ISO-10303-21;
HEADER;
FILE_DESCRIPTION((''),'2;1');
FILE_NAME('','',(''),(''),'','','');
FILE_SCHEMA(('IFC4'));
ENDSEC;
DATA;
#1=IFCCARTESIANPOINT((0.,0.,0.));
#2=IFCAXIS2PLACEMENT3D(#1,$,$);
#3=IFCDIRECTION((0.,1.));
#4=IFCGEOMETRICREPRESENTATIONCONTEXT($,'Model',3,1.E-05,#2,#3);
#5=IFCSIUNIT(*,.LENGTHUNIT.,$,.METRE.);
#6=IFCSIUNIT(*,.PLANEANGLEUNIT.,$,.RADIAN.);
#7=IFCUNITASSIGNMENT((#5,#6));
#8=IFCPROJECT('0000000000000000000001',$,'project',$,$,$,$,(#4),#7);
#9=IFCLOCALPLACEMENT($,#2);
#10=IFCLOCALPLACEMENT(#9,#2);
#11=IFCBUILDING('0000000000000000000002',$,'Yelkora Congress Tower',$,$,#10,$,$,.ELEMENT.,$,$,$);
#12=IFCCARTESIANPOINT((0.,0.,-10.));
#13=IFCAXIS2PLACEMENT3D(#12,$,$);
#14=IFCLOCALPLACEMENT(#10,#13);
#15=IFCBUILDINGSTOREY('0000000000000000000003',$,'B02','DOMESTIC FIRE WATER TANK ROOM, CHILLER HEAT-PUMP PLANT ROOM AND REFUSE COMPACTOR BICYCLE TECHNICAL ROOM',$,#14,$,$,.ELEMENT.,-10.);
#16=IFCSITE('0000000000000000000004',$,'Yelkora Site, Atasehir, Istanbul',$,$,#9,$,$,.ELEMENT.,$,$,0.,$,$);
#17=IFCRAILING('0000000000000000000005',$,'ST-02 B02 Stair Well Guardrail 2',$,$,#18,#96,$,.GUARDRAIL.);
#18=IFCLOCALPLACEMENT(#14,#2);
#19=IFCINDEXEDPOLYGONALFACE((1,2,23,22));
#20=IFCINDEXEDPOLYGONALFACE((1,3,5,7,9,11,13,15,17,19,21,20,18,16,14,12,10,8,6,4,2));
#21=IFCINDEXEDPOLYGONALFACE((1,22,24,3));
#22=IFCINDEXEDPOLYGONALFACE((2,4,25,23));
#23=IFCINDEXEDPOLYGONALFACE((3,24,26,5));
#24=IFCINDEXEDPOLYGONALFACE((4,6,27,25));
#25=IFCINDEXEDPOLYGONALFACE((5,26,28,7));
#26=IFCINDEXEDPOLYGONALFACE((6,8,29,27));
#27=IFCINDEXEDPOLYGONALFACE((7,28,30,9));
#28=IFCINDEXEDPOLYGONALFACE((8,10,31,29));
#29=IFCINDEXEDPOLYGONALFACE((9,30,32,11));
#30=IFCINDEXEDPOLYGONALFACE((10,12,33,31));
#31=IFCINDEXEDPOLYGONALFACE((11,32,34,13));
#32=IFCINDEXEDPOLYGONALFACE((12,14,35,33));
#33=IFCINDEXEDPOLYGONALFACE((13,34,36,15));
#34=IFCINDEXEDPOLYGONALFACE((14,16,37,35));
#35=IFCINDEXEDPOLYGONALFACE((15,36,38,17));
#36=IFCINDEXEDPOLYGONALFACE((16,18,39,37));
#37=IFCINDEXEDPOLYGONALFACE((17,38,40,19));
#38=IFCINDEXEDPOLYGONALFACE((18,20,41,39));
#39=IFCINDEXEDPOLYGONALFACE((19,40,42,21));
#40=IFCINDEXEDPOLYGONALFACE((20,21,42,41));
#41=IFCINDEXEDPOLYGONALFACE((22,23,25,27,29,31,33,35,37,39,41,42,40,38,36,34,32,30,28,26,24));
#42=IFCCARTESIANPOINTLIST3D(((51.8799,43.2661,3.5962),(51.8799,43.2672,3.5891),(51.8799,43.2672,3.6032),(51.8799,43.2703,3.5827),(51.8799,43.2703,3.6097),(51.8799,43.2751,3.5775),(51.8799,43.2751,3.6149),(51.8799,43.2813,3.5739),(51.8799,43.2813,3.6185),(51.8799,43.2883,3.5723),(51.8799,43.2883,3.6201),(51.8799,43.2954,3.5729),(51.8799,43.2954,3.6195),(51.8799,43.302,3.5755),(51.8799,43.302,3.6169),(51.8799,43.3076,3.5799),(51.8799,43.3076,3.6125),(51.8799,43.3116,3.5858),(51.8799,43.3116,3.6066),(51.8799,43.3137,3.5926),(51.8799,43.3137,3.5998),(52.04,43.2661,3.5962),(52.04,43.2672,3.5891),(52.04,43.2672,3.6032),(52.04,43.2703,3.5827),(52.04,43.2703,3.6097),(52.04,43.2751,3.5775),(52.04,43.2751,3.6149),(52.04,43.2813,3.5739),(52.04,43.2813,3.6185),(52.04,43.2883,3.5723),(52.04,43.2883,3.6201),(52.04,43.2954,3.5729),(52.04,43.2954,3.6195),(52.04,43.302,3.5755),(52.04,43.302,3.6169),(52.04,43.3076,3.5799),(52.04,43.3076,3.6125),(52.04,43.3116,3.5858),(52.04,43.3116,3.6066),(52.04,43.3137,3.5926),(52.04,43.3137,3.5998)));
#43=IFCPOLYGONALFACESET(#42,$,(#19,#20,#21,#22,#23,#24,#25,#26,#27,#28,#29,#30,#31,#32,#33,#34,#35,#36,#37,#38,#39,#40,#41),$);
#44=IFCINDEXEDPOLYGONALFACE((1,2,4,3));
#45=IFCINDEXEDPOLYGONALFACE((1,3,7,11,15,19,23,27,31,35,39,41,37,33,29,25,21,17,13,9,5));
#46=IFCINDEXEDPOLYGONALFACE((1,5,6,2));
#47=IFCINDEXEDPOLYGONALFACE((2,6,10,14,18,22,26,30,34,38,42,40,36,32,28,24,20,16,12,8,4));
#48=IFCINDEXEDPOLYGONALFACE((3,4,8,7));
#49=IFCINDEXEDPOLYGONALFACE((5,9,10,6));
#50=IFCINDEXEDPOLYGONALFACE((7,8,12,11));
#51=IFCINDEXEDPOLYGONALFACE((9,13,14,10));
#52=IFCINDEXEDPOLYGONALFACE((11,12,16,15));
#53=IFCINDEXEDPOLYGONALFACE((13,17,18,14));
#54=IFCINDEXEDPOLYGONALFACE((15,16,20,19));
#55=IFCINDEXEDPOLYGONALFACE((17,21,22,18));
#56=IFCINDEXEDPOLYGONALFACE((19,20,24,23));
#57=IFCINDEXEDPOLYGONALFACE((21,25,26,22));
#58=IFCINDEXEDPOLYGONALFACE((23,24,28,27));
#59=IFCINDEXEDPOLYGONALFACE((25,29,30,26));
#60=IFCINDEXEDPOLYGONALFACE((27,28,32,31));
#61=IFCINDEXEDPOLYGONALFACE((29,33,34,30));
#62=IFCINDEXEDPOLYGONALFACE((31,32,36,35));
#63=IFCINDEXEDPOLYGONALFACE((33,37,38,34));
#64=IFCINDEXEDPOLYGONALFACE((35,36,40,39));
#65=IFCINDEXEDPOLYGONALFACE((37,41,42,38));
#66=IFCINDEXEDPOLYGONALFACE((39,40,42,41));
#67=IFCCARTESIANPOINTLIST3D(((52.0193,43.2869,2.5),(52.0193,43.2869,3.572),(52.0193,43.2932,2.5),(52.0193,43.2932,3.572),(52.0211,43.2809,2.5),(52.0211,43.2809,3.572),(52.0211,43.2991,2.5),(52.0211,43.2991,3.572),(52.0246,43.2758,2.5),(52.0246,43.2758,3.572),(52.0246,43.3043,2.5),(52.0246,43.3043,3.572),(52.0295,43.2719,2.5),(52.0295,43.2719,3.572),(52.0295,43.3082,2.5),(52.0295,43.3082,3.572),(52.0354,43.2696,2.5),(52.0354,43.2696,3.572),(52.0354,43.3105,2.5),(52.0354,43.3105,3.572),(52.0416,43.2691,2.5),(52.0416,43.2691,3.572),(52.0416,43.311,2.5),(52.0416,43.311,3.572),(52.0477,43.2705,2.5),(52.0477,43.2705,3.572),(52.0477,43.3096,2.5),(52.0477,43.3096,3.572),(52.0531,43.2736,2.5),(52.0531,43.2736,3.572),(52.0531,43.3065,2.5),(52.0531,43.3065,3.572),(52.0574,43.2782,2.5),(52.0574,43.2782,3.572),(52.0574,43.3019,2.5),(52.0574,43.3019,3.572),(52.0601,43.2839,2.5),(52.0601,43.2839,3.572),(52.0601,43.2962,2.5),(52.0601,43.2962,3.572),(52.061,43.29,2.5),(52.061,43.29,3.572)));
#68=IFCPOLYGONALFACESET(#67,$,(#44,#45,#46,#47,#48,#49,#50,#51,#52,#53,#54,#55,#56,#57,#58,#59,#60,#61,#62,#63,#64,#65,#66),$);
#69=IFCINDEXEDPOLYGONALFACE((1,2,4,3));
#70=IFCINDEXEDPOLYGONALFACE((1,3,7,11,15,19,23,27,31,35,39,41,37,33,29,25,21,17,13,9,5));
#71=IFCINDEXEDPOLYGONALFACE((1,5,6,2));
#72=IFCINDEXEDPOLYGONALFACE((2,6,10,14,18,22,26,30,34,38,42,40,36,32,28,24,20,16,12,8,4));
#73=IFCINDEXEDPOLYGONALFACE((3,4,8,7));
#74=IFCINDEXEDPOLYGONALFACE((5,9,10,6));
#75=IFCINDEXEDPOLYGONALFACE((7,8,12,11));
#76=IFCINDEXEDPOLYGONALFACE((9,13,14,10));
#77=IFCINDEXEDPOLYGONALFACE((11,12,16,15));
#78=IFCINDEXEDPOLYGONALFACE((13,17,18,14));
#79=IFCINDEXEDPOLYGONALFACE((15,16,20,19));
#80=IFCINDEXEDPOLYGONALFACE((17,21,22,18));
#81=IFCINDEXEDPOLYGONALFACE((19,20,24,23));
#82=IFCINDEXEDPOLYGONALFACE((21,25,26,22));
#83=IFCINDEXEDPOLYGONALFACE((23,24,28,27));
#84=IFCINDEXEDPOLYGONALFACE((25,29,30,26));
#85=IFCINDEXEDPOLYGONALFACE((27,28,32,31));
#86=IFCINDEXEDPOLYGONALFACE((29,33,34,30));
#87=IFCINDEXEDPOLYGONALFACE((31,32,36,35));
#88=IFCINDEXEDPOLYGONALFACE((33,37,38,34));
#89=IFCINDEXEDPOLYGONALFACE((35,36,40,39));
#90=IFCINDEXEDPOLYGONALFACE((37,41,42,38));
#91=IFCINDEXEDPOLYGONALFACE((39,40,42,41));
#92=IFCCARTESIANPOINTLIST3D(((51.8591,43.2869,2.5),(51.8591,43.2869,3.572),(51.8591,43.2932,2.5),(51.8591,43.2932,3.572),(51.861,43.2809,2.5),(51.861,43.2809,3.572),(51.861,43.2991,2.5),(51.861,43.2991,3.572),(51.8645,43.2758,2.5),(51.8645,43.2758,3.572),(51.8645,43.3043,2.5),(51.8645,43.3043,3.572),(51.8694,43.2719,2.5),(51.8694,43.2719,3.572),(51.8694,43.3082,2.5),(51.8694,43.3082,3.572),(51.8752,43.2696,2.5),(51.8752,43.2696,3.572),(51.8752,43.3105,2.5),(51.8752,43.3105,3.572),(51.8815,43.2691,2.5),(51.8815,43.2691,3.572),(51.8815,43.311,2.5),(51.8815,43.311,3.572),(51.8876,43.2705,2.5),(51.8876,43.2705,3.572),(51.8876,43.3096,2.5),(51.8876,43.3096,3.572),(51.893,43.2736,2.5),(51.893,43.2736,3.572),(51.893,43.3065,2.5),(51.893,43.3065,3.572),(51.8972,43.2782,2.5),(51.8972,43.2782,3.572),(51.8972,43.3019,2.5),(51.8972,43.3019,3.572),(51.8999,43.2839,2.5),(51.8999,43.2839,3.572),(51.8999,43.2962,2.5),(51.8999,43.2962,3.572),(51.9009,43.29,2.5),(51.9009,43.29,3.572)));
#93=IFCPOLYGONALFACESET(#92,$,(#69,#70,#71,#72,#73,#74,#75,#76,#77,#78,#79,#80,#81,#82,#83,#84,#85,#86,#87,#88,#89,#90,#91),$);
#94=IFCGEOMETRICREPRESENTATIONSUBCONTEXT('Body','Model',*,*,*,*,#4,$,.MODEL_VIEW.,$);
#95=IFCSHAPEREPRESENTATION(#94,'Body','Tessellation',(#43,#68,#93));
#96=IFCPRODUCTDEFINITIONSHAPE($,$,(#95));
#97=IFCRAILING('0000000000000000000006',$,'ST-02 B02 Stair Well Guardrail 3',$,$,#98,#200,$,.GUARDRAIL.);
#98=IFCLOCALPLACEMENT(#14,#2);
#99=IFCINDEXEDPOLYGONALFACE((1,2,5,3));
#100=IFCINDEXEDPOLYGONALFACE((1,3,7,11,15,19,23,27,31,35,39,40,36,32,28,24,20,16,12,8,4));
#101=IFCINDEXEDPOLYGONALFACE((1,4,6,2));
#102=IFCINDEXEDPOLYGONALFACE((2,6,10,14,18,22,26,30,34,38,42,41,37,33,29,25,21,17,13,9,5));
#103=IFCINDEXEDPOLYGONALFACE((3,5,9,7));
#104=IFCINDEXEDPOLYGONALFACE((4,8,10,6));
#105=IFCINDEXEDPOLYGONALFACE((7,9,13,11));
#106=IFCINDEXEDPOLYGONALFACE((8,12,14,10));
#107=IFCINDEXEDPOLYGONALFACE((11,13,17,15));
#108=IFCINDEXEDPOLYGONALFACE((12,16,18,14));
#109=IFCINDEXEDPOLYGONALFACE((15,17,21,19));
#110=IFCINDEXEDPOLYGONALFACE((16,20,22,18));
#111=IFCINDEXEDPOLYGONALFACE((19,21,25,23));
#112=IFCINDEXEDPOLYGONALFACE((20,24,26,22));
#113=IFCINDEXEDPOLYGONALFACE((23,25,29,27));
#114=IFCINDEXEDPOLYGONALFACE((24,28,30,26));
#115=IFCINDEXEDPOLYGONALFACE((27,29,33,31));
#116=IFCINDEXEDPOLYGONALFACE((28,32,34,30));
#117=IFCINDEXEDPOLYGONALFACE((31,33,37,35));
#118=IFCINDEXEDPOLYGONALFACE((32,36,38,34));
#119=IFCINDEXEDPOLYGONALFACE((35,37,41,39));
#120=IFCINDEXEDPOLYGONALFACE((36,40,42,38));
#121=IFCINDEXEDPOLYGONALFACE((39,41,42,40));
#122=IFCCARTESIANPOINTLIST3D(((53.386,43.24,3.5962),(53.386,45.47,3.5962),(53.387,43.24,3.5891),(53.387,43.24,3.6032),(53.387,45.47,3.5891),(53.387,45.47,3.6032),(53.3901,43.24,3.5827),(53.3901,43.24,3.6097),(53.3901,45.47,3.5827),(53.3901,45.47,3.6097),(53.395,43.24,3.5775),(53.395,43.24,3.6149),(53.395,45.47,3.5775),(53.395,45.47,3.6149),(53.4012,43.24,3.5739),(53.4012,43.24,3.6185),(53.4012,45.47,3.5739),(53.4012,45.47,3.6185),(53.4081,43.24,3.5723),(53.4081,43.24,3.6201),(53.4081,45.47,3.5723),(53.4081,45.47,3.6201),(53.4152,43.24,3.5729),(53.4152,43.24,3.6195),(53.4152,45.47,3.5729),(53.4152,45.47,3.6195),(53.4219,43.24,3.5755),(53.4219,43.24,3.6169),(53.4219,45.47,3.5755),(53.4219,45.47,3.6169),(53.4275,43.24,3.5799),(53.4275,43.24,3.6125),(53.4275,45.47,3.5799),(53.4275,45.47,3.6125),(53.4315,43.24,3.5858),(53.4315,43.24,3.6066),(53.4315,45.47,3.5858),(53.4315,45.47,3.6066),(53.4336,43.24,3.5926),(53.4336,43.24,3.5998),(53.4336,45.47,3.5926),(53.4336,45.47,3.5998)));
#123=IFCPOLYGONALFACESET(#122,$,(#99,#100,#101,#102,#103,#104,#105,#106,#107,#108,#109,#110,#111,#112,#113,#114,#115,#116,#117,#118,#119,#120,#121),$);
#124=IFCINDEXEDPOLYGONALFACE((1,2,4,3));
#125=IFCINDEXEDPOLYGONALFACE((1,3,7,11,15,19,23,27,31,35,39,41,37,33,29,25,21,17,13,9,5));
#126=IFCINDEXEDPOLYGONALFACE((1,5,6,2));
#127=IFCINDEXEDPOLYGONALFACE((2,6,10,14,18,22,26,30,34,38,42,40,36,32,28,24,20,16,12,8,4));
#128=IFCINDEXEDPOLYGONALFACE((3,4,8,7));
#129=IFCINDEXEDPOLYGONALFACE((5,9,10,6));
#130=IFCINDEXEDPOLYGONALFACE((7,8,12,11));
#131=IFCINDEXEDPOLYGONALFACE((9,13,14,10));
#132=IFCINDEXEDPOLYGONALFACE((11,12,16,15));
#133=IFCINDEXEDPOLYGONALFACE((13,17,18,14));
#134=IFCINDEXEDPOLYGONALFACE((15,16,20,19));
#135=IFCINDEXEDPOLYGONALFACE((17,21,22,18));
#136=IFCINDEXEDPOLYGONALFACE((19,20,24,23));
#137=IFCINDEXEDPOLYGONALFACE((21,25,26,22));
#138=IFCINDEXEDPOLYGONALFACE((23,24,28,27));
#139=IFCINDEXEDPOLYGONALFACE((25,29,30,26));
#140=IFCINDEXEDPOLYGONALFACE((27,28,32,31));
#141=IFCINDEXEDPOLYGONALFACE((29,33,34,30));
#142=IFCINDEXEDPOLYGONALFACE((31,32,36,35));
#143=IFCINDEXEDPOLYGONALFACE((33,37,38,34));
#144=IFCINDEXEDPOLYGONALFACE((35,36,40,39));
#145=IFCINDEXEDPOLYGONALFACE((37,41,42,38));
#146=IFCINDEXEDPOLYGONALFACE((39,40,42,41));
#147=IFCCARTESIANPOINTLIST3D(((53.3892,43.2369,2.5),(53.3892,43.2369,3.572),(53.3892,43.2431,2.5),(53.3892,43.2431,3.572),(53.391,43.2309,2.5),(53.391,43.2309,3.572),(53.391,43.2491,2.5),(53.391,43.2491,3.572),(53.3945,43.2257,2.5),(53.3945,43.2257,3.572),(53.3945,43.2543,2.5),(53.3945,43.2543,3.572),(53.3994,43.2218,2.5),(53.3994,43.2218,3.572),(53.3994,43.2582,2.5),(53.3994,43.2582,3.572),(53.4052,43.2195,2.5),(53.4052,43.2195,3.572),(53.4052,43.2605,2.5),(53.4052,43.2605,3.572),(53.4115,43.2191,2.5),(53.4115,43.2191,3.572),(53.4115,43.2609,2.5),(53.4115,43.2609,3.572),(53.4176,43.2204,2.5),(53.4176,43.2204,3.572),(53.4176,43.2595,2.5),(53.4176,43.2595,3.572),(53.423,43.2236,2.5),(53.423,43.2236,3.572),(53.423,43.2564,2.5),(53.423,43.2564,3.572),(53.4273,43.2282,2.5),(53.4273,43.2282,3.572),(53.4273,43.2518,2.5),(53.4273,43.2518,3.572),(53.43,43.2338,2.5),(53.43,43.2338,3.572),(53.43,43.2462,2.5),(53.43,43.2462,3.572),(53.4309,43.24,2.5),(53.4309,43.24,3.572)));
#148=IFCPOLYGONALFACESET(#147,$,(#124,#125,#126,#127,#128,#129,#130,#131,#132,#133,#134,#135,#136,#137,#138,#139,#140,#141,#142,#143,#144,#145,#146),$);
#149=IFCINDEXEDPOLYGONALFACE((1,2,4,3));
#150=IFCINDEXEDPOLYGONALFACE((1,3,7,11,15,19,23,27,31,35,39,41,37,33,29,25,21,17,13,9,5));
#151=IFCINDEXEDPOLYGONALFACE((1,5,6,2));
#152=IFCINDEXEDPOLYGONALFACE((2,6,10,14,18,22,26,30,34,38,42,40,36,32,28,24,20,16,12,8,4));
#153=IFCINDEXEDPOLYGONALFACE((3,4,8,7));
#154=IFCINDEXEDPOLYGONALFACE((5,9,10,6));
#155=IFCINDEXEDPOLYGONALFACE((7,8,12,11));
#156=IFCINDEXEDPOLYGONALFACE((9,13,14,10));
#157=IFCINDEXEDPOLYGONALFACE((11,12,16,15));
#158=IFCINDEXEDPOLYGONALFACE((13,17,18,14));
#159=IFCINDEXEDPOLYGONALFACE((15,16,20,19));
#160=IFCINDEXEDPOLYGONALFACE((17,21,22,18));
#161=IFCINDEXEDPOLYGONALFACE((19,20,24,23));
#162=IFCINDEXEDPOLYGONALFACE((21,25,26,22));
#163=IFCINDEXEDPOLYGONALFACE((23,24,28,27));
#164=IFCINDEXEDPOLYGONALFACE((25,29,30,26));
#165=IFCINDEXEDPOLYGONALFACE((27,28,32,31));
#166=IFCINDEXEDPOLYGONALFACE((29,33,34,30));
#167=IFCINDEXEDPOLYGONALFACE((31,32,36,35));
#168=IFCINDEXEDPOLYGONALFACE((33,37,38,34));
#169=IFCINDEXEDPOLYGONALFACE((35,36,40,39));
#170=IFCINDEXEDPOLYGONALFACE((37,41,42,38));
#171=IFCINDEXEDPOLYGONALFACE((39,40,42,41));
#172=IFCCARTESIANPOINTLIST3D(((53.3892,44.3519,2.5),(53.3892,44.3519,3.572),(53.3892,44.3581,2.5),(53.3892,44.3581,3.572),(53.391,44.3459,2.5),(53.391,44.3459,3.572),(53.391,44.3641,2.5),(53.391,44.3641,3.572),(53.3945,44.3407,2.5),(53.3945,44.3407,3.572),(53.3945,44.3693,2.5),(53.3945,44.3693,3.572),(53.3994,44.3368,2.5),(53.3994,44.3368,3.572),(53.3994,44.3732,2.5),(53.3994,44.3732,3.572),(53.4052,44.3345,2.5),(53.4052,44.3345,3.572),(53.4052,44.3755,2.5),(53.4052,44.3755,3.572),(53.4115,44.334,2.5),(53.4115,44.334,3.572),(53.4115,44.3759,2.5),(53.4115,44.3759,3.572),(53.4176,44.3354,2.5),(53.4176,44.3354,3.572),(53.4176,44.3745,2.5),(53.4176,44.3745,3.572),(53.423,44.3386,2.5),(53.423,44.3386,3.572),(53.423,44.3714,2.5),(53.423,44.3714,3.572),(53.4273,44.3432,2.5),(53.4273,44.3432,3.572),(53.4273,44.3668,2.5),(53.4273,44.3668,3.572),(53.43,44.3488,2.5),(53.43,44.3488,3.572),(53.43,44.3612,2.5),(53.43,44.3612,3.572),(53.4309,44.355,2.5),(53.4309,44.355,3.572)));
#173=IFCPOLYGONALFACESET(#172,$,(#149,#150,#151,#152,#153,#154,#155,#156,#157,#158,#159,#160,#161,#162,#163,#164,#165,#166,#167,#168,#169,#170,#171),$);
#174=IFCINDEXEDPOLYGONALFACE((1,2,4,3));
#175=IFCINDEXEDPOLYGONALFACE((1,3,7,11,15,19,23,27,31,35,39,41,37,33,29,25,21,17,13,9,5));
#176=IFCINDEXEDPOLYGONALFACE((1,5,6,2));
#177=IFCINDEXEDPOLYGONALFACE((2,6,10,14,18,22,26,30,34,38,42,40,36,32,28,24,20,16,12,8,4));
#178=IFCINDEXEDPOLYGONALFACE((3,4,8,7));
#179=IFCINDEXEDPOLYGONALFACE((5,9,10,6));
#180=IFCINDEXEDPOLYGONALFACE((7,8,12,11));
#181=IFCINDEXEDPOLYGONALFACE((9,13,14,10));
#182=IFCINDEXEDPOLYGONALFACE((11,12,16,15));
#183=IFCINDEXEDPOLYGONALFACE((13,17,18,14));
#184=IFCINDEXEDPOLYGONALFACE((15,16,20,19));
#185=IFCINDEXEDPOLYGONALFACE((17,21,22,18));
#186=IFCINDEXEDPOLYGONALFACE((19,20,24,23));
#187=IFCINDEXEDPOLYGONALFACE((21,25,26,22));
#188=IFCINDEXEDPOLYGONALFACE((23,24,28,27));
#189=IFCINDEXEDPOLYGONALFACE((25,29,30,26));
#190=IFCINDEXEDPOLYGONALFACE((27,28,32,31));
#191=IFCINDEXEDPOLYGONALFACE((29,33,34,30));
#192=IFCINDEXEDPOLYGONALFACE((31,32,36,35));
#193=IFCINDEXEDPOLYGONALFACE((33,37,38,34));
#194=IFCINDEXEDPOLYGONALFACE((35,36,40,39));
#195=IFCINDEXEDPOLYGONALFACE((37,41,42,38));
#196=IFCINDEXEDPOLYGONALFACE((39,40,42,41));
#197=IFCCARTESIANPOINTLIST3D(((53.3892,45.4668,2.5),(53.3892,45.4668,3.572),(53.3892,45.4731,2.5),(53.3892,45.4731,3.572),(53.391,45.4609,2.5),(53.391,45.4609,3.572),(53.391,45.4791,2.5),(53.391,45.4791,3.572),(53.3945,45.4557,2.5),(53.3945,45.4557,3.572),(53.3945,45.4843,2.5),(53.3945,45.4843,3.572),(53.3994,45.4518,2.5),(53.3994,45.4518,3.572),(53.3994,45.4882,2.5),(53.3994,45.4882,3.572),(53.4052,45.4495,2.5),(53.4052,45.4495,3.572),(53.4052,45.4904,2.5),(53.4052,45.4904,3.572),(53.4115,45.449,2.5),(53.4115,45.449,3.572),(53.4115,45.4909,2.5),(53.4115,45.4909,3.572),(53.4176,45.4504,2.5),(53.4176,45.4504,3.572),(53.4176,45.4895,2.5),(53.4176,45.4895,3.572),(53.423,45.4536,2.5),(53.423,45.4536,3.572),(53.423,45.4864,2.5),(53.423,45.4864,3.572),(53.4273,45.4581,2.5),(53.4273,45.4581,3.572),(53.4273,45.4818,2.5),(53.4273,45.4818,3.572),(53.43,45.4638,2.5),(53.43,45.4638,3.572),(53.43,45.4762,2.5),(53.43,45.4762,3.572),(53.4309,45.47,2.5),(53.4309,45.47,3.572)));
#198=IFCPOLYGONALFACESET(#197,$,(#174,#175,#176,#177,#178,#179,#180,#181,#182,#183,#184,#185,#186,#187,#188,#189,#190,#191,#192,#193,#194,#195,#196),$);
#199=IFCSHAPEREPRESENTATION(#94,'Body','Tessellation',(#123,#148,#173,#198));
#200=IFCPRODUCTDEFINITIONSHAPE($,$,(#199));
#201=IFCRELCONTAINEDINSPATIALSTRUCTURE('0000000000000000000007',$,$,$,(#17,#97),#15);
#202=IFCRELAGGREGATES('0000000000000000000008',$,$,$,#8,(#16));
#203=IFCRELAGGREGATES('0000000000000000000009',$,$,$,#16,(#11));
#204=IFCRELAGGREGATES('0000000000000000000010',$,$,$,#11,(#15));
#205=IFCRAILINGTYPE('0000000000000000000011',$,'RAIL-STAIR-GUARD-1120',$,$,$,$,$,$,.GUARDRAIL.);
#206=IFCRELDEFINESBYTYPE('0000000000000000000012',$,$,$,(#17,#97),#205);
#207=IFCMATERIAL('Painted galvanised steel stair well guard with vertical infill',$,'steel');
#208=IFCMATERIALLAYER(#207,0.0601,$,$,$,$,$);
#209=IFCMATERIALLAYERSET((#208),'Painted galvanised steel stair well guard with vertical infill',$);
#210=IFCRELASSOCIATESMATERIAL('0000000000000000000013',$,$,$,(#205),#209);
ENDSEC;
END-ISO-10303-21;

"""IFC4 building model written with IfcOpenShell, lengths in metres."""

from ifc_helpers import new_model, si_unit, direction, frame, origin, origin_2d, place, context, subcontext, project, spatial, circle, extrude, material, layer, layer_set, type_object, element, save


model = new_model("IFC4")

# Units and contexts
model_context = context("Model", 3, precision=1e-05, world=origin(), true_north=direction((0.0, 1.0)))
body_context = subcontext(model_context, "Body", "Model", "MODEL_VIEW")
ifc_project = project(units=[si_unit("LENGTHUNIT", "METRE"), si_unit("PLANEANGLEUNIT", "RADIAN")], contexts=[model_context])

# Site, building, storey
site_placement = place(None, origin())
site = spatial("IfcSite", under=ifc_project, at=site_placement, Name="Yelkora Site, Atasehir, Istanbul", CompositionType="ELEMENT", RefElevation=0.0)
building_placement = place(site_placement, origin())
building = spatial("IfcBuilding", under=site, at=building_placement, Name="Yelkora Congress Tower", CompositionType="ELEMENT")
storey_placement = place(building_placement, frame((0.0, 0.0, -10.0)))
storey = spatial("IfcBuildingStorey", under=building, at=storey_placement, Name="B02", Description="DOMESTIC FIRE WATER TANK ROOM, CHILLER HEAT-PUMP PLANT ROOM AND REFUSE COMPACTOR BICYCLE TECHNICAL ROOM", CompositionType="ELEMENT", Elevation=-10.0)

# Railings
ifc_material_1 = material(Name="Painted galvanised steel stair well guard with vertical infill", Category="steel")
ifc_layer_1 = layer(ifc_material_1, 0.0601)
ifc_layer_set_1 = layer_set([ifc_layer_1], Name="Painted galvanised steel stair well guard with vertical infill")
railing_type_1 = type_object("IfcRailingType", Name="RAIL-STAIR-GUARD-1120", PredefinedType="GUARDRAIL", material=ifc_layer_set_1)
railing_1_placement = place(storey_placement, frame((52.04, 43.29, 2.5)))
element("IfcRailing", 1, at=railing_1_placement, inside=storey, type_object=railing_type_1, Name="ST-02 B02 Stair Well Guardrail 2", PredefinedType="GUARDRAIL", context=body_context, shape_type="SweptSolid", body=[
    extrude(circle(Radius=0.0239, at=origin_2d()), frame((0.0, 0.0, 1.0962), z_axis=(-1.0, 0.0, 0.0), x_axis=(0.0, -1.0, 0.0)), (0.0, 0.0, 1.0), 0.1602),
    extrude(circle(Radius=0.021, at=origin_2d()), origin(), (0.0, 0.0, 1.0), 1.072),
    extrude(circle(Radius=0.021, at=origin_2d()), frame((-0.1602, 0.0, 0.0)), (0.0, 0.0, 1.0), 1.072),
])
for number, where, name in (
    (2, (53.4099, 43.24, 2.5), "ST-02 B02 Stair Well Guardrail 3"),
):
    element("IfcRailing", number, at=place(storey_placement, frame(where)), inside=storey, type_object=railing_type_1, Name=name, PredefinedType="GUARDRAIL", context=body_context, shape_type="SweptSolid", body=[
        extrude(circle(Radius=0.0239, at=origin_2d()), frame((0.0, 0.0, 1.0962), z_axis=(0.0, 1.0, 0.0), x_axis=(-1.0, 0.0, 0.0)), (0.0, 0.0, 1.0), 2.23),
        extrude(circle(Radius=0.021, at=origin_2d()), origin(), (0.0, 0.0, 1.0), 1.072),
        extrude(circle(Radius=0.021, at=origin_2d()), frame((0.0, 1.115, 0.0)), (0.0, 0.0, 1.0), 1.072),
        extrude(circle(Radius=0.021, at=origin_2d()), frame((0.0, 2.23, 0.0)), (0.0, 0.0, 1.0), 1.072),
    ])

save(model, "model.ifc")
